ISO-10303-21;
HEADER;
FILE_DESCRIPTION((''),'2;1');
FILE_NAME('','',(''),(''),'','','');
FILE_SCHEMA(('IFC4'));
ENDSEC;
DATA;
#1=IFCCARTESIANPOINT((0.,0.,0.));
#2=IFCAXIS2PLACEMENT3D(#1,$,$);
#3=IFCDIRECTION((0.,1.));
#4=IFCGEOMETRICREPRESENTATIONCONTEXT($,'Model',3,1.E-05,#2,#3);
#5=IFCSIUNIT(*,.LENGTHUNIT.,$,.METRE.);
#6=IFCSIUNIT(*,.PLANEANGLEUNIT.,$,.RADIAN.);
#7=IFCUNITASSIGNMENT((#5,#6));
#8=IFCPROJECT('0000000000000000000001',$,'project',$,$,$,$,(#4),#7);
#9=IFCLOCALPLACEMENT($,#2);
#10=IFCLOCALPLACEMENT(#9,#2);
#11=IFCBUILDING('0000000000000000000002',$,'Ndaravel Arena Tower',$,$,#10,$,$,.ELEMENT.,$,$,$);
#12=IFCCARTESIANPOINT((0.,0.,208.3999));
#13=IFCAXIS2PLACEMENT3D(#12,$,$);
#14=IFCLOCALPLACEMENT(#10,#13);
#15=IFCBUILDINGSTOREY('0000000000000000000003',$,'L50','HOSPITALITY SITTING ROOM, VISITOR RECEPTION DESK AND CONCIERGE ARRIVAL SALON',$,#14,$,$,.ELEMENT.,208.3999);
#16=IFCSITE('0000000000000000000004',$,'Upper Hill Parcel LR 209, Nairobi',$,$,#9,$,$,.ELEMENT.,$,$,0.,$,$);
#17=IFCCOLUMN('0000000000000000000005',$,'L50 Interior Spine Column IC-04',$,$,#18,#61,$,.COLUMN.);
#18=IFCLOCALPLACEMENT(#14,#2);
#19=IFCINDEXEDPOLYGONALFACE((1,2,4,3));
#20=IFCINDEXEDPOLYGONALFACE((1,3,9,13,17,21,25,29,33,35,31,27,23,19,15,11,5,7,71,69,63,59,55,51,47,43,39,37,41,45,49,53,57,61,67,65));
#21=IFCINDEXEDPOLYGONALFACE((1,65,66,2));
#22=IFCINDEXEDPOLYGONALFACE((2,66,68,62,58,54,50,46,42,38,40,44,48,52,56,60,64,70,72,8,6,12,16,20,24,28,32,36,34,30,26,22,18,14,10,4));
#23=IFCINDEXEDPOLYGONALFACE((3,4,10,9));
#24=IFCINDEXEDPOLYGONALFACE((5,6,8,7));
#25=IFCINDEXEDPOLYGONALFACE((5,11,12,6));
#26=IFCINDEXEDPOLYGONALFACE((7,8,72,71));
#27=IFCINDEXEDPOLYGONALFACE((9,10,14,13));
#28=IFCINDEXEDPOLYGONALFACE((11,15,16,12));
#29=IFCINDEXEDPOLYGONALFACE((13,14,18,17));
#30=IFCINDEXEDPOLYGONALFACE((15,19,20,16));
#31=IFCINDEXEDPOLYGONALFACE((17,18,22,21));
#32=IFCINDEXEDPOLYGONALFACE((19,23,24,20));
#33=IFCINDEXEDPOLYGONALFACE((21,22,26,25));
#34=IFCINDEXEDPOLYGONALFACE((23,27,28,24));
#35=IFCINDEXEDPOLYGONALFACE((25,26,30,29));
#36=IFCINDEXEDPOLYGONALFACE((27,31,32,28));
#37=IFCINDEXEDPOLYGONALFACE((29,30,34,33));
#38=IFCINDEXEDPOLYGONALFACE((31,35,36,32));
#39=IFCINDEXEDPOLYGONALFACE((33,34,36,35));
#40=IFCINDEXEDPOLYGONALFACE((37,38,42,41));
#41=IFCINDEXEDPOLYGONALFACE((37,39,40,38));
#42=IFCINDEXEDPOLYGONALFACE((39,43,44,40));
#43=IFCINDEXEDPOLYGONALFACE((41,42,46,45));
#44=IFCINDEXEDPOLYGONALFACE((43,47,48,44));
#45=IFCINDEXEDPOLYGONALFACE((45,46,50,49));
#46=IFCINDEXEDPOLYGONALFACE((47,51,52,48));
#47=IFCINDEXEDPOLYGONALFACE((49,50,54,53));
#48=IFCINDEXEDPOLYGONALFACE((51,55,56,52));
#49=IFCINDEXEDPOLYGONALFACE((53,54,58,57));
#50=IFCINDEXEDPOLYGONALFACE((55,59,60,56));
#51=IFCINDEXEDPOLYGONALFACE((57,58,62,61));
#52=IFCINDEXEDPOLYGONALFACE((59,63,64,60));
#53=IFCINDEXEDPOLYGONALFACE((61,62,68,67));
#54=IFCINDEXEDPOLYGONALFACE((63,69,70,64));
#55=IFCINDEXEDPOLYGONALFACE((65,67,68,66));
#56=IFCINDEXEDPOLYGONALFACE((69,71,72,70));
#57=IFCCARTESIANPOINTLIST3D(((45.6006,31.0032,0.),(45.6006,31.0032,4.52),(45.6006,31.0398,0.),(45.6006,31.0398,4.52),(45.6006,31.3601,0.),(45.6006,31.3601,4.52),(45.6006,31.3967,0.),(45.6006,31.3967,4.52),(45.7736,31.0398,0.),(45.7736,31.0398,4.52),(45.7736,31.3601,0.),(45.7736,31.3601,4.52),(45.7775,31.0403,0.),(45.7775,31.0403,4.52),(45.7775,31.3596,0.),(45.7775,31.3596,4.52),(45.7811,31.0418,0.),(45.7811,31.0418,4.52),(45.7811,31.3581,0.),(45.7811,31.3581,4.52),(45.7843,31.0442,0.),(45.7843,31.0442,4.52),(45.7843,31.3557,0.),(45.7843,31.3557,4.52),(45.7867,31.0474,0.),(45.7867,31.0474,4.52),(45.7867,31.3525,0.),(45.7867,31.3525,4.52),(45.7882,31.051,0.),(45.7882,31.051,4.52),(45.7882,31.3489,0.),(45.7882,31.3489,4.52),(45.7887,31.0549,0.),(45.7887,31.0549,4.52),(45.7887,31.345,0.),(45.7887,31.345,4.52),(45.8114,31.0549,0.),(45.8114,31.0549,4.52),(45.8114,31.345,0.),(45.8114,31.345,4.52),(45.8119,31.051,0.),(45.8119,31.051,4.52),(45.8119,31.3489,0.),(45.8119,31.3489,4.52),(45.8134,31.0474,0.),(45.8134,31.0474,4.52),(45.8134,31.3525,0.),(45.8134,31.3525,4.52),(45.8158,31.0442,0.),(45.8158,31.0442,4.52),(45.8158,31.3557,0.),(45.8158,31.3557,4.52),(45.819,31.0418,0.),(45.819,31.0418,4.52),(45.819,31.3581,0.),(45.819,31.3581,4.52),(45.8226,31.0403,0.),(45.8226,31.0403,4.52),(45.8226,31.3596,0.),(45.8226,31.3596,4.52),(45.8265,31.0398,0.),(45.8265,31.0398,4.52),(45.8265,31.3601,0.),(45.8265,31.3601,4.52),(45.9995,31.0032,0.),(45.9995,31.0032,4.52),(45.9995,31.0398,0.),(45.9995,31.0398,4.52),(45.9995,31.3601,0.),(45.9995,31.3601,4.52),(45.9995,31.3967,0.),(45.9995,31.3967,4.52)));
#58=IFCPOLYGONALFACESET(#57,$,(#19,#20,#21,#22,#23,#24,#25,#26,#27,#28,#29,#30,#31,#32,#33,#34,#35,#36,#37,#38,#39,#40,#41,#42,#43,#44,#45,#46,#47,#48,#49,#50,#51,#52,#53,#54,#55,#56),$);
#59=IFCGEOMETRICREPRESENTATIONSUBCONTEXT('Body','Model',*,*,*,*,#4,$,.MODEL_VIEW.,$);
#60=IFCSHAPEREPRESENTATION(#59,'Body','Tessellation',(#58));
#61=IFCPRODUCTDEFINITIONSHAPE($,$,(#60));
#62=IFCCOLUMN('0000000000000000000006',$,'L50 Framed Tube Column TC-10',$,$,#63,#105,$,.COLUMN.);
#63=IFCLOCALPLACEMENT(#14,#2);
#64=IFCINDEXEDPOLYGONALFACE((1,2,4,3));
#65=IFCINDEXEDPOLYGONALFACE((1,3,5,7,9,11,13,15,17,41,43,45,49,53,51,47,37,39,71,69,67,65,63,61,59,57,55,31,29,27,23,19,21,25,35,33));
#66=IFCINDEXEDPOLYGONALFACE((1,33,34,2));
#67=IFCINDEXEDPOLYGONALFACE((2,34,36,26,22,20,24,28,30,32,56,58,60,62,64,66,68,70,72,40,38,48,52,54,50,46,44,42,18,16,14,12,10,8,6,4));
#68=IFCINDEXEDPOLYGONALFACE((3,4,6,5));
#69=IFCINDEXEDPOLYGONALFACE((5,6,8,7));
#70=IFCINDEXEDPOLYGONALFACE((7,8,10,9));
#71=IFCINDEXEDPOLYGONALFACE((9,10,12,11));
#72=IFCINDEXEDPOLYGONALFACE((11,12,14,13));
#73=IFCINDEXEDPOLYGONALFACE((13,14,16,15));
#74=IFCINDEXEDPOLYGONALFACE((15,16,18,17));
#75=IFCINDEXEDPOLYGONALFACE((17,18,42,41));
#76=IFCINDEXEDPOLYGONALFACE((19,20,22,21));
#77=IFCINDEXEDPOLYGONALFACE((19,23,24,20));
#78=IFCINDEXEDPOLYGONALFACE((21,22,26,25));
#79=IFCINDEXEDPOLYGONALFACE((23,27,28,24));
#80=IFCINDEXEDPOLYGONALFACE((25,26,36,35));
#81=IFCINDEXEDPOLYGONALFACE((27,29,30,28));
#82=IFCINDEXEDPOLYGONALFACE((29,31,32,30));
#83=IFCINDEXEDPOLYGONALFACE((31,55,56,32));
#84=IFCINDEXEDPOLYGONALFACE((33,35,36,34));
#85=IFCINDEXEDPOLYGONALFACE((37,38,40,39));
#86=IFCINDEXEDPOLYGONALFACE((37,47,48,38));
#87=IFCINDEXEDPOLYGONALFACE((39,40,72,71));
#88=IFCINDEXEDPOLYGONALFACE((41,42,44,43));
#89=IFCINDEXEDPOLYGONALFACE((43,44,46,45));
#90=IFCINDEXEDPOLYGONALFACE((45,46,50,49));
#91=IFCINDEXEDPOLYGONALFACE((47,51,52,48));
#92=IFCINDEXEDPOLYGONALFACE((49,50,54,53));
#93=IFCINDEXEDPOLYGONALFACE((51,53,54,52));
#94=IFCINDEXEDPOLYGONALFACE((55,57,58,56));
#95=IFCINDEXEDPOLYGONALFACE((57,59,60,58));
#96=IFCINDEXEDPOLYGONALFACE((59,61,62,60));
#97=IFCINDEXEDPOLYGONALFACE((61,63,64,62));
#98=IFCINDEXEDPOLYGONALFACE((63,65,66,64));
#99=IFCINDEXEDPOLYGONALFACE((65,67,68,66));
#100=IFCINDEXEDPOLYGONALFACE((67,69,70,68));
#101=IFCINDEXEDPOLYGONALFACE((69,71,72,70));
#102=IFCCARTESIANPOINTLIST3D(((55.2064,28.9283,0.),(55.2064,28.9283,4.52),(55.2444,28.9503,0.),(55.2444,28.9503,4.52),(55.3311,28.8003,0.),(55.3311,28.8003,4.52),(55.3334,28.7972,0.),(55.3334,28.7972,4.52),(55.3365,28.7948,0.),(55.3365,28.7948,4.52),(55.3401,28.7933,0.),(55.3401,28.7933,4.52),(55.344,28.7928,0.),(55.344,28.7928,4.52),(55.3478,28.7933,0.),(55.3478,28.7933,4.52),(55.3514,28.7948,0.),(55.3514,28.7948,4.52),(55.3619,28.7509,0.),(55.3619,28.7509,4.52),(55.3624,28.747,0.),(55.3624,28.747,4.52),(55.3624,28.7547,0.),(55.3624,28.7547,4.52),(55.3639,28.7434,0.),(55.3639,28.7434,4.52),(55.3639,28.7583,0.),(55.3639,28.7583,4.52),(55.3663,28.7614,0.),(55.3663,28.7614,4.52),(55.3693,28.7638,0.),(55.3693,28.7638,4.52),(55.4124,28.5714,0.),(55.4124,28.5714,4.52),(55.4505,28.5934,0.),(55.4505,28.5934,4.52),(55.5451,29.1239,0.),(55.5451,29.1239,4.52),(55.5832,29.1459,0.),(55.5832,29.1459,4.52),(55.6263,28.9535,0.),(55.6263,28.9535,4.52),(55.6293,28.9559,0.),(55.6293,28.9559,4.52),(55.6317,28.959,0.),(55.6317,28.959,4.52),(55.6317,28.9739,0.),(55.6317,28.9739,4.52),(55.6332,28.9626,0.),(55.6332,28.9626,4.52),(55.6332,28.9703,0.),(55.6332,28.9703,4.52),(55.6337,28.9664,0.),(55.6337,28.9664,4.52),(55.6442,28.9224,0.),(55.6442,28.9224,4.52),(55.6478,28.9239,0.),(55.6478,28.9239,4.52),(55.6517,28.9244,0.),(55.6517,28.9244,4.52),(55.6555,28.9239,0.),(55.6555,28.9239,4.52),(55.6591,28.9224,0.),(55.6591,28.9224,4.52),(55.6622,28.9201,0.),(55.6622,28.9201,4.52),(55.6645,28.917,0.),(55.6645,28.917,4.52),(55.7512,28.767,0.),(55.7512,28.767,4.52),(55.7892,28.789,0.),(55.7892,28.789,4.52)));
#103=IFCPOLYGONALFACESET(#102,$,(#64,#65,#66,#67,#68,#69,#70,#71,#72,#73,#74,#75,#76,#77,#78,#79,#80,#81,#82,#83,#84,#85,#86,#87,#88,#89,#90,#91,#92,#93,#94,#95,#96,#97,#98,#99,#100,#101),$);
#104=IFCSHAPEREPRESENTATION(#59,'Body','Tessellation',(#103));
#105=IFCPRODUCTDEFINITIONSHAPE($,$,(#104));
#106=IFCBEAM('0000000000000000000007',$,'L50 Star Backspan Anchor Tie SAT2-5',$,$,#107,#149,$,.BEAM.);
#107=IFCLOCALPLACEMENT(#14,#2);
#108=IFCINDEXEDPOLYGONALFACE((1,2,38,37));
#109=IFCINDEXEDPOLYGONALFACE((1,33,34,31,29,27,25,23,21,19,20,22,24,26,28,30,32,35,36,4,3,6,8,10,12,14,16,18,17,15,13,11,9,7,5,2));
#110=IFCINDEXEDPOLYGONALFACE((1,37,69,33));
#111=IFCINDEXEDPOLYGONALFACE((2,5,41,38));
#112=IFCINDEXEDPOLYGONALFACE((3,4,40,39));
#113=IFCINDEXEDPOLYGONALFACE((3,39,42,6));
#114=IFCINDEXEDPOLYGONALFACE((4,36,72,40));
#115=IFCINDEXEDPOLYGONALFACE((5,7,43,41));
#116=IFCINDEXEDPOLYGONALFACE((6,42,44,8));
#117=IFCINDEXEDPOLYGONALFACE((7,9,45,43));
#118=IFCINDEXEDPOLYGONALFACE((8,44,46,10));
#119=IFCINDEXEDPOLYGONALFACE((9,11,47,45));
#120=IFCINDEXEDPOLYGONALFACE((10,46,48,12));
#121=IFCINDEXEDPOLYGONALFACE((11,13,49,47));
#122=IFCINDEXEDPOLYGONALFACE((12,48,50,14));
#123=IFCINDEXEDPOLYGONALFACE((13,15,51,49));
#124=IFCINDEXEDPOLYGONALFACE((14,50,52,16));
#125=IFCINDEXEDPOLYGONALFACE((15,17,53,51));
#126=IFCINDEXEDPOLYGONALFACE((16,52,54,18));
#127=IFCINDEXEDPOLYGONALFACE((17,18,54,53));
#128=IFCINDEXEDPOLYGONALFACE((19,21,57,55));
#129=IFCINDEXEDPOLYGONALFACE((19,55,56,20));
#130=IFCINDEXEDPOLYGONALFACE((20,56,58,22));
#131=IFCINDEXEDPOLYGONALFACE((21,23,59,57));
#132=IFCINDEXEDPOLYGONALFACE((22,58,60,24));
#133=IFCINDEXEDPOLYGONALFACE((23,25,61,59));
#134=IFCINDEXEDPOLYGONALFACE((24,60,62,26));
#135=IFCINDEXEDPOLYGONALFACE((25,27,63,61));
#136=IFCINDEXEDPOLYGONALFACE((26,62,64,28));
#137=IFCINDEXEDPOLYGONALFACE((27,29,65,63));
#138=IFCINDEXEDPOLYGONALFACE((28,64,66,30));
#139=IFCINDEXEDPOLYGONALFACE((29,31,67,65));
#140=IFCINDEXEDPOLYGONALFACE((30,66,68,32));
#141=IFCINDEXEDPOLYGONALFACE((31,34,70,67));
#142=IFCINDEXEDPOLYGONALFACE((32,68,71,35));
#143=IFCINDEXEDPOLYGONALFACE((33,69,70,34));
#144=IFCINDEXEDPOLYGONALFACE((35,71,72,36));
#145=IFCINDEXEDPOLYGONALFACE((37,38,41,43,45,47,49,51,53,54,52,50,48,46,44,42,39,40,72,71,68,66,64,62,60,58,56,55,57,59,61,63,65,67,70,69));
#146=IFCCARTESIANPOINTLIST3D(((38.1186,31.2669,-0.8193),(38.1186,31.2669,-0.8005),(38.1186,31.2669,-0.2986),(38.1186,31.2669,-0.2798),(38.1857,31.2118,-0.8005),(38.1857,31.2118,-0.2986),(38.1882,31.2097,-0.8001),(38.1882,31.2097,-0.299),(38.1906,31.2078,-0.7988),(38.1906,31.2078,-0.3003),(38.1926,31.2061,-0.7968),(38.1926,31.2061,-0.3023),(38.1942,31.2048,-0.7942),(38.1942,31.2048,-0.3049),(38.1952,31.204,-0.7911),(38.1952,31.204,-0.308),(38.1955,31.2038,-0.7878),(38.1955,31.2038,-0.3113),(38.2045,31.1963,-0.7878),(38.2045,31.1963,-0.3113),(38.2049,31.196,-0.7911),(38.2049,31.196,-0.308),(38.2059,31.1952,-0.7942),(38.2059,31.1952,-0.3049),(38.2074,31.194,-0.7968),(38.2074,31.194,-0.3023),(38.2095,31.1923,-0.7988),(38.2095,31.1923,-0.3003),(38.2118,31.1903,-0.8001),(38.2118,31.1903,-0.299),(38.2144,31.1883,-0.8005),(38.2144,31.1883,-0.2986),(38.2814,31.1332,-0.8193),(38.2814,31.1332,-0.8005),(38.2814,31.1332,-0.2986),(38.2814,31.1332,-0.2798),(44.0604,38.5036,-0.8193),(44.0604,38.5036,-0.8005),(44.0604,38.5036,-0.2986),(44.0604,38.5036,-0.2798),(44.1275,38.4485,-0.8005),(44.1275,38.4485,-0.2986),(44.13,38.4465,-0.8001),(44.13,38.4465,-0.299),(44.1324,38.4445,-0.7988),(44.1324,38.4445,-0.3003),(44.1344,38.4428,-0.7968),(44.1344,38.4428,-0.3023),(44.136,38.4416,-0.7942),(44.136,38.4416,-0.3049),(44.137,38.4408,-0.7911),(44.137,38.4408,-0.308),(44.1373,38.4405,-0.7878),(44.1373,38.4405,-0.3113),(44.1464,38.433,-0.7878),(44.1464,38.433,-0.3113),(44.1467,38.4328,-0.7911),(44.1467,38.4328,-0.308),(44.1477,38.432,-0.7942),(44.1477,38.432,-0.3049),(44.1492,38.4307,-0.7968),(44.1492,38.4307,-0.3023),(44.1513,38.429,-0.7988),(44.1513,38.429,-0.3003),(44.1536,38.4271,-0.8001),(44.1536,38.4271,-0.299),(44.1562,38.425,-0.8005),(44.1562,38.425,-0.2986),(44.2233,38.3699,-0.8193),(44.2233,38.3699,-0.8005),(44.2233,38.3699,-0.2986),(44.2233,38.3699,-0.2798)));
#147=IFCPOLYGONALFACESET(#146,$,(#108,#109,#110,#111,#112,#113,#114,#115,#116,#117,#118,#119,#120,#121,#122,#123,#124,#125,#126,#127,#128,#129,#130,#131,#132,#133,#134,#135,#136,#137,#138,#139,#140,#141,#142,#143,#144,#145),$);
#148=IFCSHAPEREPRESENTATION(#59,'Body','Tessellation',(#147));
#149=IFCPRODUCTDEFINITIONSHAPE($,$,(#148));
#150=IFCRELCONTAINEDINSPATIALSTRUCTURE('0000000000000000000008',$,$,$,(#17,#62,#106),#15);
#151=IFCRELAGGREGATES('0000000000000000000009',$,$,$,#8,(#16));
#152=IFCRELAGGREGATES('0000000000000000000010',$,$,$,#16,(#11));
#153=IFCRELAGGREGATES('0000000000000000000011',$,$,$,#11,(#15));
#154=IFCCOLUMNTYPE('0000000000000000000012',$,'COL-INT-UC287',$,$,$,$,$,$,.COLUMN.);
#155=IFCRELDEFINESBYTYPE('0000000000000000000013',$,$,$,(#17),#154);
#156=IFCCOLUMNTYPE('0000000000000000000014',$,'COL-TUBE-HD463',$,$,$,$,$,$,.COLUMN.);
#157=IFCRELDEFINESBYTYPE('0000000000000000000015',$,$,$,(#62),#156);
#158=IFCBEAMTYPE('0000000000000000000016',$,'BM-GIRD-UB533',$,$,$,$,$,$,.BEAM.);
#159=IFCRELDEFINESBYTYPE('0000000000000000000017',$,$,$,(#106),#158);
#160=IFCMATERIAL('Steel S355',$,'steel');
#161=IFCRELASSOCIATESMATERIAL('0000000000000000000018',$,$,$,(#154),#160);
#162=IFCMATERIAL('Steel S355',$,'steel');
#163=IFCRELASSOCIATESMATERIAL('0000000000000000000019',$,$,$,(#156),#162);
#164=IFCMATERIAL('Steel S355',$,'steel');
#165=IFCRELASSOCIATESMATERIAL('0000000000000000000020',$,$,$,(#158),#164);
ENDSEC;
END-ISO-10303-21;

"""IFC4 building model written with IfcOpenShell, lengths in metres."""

from ifc_helpers import new_model, si_unit, direction, frame, origin, origin_2d, place, context, subcontext, project, spatial, i_section, extrude, material, material_profile, profile_set, type_object, element, save


model = new_model("IFC4")

# Units and contexts
model_context = context("Model", 3, precision=1e-05, world=origin(), true_north=direction((0.0, 1.0)))
body_context = subcontext(model_context, "Body", "Model", "MODEL_VIEW")
ifc_project = project(units=[si_unit("LENGTHUNIT", "METRE"), si_unit("PLANEANGLEUNIT", "RADIAN")], contexts=[model_context])

# Site, building, storey
site_placement = place(None, origin())
site = spatial("IfcSite", under=ifc_project, at=site_placement, Name="Upper Hill Parcel LR 209, Nairobi", CompositionType="ELEMENT", RefElevation=0.0)
building_placement = place(site_placement, origin())
building = spatial("IfcBuilding", under=site, at=building_placement, Name="Ndaravel Arena Tower", CompositionType="ELEMENT")
storey_placement = place(building_placement, frame((0.0, 0.0, 208.3999)))
storey = spatial("IfcBuildingStorey", under=building, at=storey_placement, Name="L50", Description="HOSPITALITY SITTING ROOM, VISITOR RECEPTION DESK AND CONCIERGE ARRIVAL SALON", CompositionType="ELEMENT", Elevation=208.3999)

# Columns
ifc_material_1 = material(Name="Steel S355", Category="steel")
ifc_material_profile_1 = material_profile(ifc_material_1, i_section(OverallWidth=0.3989, OverallDepth=0.3936, WebThickness=0.0227, FlangeThickness=0.0366, FilletRadius=0.0151, at=origin_2d()), Name="UC 356x406x287")
ifc_profile_set_1 = profile_set([ifc_material_profile_1], Name="Steel S355")
column_type_1 = type_object("IfcColumnType", Name="COL-INT-UC287", PredefinedType="COLUMN", material=ifc_profile_set_1)
column_1_placement = place(storey_placement, frame((45.8, 31.2, 0.0), z_axis=(0.0, 0.0, 1.0), x_axis=(1.0, 0.0, 0.0)))
element("IfcColumn", 1, at=column_1_placement, inside=storey, type_object=column_type_1, Name="L50 Interior Spine Column IC-04", PredefinedType="COLUMN", context=body_context, shape_type="SweptSolid", body=[
    extrude(i_section(OverallWidth=0.3989, OverallDepth=0.3936, WebThickness=0.0227, FlangeThickness=0.0366, FilletRadius=0.0151, at=origin_2d()), origin(), (0.0, 0.0, 1.0), 4.52),
])
ifc_material_2 = material(Name="Steel S355", Category="steel")
ifc_material_profile_2 = material_profile(ifc_material_2, i_section(OverallWidth=0.4121, OverallDepth=0.4351, WebThickness=0.0359, FlangeThickness=0.0439, FilletRadius=0.0149, at=origin_2d()), Name="HD 400x463")
ifc_profile_set_2 = profile_set([ifc_material_profile_2], Name="Steel S355")
column_type_2 = type_object("IfcColumnType", Name="COL-TUBE-HD463", PredefinedType="COLUMN", material=ifc_profile_set_2)
column_2_placement = place(storey_placement, frame((55.4978, 28.8586, 0.0), z_axis=(0.0, 0.0, 1.0), x_axis=(-0.5, 0.866025, 0.0)))
element("IfcColumn", 2, at=column_2_placement, inside=storey, type_object=column_type_2, Name="L50 Framed Tube Column TC-10", PredefinedType="COLUMN", context=body_context, shape_type="SweptSolid", body=[
    extrude(i_section(OverallWidth=0.4121, OverallDepth=0.4351, WebThickness=0.0359, FlangeThickness=0.0439, FilletRadius=0.0149, at=origin_2d()), origin(), (0.0, 0.0, 1.0), 4.52),
])

# Beam
ifc_material_3 = material(Name="Steel S355", Category="steel")
ifc_material_profile_3 = material_profile(ifc_material_3, i_section(OverallWidth=0.2107, OverallDepth=0.5396, WebThickness=0.0117, FlangeThickness=0.0188, FilletRadius=0.0127, at=origin_2d()), Name="UB 533x210x109")
ifc_profile_set_3 = profile_set([ifc_material_profile_3], Name="Steel S355")
beam_type_1 = type_object("IfcBeamType", Name="BM-GIRD-UB533", PredefinedType="BEAM", material=ifc_profile_set_3)
beam_1_placement = place(storey_placement, frame((44.1418, 38.4368, -0.5496), z_axis=(-0.634571, -0.772864, 0.0), x_axis=(0.772864, -0.634571, 0.0)))
element("IfcBeam", 3, at=beam_1_placement, inside=storey, type_object=beam_type_1, Name="L50 Star Backspan Anchor Tie SAT2-5", PredefinedType="BEAM", context=body_context, shape_type="SweptSolid", body=[
    extrude(i_section(OverallWidth=0.2107, OverallDepth=0.5396, WebThickness=0.0117, FlangeThickness=0.0188, FilletRadius=0.0127, at=origin_2d()), origin(), (0.0, 0.0, 1.0), 9.3635),
])

save(model, "model.ifc")
